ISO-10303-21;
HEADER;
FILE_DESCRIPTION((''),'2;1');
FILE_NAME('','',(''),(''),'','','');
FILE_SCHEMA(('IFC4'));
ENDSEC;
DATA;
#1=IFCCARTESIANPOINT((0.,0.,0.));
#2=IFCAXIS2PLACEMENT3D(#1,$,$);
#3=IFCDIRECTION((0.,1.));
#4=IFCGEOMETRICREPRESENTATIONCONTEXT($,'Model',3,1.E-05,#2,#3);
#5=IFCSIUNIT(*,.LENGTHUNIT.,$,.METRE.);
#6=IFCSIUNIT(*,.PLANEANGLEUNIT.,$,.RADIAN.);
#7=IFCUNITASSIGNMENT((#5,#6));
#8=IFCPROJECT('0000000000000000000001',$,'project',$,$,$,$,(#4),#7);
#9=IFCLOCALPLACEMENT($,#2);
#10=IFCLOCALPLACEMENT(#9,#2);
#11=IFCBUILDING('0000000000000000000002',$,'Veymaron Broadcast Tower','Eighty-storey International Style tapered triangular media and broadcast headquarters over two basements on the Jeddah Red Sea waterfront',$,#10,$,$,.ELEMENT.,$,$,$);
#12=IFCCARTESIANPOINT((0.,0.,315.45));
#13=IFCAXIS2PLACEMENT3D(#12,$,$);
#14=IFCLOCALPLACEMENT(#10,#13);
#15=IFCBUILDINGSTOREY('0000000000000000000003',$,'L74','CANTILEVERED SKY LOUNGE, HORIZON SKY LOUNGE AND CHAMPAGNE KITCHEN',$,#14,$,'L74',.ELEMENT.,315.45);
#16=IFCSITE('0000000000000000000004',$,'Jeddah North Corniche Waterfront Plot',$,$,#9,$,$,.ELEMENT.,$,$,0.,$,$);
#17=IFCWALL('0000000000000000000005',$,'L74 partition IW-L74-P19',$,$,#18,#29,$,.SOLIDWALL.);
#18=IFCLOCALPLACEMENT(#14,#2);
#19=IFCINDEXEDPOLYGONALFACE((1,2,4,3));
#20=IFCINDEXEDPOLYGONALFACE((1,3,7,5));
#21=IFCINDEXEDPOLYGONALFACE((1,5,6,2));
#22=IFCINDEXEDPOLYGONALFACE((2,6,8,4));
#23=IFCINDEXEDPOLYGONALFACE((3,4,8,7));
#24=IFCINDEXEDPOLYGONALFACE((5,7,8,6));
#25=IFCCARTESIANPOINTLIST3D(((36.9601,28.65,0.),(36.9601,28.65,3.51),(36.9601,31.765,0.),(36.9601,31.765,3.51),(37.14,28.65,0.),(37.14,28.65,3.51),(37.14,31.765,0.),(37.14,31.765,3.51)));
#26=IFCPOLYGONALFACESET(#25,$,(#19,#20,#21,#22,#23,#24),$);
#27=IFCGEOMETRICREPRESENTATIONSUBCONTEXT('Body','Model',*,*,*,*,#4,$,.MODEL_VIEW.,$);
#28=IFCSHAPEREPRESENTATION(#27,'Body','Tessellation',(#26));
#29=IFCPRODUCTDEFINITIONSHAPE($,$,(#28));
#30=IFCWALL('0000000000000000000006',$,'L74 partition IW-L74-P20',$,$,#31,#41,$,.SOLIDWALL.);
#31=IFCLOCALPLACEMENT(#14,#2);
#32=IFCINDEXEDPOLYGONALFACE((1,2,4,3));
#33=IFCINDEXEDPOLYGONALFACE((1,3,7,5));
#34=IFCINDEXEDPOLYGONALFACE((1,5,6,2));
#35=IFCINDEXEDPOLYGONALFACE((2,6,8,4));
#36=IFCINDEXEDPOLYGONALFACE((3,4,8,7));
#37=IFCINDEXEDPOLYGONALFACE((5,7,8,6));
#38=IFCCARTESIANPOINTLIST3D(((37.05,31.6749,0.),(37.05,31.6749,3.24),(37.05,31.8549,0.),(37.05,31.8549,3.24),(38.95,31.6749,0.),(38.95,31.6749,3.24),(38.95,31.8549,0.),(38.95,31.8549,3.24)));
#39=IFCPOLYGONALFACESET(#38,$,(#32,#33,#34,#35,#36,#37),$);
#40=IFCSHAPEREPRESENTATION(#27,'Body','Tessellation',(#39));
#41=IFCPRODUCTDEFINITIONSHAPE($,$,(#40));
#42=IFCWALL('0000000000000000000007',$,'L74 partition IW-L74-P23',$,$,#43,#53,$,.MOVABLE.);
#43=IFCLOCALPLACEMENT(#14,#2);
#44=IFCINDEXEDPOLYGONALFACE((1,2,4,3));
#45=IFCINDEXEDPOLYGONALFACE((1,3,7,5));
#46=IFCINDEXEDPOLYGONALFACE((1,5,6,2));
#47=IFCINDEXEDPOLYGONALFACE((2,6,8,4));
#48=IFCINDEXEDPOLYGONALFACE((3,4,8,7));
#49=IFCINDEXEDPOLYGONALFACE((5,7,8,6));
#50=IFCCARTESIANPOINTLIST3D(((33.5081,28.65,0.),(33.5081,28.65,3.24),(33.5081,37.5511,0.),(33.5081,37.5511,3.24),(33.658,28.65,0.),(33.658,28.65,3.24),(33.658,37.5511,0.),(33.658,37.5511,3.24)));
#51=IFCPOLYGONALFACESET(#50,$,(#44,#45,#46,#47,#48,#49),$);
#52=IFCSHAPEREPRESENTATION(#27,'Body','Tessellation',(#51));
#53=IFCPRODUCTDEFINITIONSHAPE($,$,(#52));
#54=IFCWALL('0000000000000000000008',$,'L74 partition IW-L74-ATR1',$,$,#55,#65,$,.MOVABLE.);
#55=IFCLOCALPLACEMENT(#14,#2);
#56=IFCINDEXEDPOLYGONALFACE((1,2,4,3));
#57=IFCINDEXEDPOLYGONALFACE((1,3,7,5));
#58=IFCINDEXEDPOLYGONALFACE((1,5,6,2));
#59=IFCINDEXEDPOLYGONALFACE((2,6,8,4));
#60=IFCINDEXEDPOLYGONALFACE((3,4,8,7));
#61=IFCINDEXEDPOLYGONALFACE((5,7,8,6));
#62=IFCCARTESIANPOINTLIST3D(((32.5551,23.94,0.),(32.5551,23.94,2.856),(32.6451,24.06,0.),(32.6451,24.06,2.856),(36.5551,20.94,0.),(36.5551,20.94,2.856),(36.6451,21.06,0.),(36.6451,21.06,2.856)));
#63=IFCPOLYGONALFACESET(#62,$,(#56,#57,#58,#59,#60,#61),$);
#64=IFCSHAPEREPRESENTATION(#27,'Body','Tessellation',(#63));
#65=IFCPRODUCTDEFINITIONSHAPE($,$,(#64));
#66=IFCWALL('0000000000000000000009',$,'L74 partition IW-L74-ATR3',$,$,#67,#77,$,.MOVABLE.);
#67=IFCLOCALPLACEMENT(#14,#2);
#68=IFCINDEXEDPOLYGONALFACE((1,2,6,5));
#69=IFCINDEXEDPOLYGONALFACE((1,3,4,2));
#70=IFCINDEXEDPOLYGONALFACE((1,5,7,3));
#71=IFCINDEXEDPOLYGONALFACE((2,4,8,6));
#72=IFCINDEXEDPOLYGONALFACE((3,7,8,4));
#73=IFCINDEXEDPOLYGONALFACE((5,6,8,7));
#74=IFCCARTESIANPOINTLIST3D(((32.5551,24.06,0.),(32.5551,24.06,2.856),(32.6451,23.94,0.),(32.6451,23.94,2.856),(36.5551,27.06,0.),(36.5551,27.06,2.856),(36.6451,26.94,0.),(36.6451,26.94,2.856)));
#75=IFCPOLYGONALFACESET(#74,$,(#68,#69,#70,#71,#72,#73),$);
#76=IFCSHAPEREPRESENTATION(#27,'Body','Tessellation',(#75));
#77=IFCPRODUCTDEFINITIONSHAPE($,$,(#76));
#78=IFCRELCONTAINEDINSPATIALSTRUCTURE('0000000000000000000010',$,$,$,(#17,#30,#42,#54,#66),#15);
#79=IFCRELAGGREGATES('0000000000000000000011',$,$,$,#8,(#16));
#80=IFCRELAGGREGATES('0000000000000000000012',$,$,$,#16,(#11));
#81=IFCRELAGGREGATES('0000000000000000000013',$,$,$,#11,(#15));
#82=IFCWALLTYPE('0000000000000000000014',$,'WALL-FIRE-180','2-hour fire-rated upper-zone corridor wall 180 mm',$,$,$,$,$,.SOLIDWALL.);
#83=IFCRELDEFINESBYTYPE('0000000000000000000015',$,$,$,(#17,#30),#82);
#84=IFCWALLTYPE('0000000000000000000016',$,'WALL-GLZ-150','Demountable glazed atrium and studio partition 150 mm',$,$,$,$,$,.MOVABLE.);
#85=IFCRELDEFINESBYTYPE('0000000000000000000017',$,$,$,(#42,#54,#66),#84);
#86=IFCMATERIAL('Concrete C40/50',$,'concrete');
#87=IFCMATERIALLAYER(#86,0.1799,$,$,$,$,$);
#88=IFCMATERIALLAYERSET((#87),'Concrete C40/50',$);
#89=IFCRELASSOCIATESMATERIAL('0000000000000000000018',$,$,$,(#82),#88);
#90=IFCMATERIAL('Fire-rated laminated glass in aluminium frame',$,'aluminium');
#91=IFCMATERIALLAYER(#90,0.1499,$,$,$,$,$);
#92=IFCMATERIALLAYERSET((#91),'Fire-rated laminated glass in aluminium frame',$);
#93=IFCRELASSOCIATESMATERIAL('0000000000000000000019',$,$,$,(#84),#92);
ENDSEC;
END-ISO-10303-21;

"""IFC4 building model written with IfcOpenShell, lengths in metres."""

from ifc_helpers import new_model, si_unit, direction, frame, frame_2d, origin, place, context, subcontext, project, spatial, rectangle, extrude, material, layer, layer_set, type_object, element, save


model = new_model("IFC4")

# Units and contexts
model_context = context("Model", 3, precision=1e-05, world=origin(), true_north=direction((0.0, 1.0)))
body_context = subcontext(model_context, "Body", "Model", "MODEL_VIEW")
ifc_project = project(units=[si_unit("LENGTHUNIT", "METRE"), si_unit("PLANEANGLEUNIT", "RADIAN")], contexts=[model_context])

# Site, building, storey
site_placement = place(None, origin())
site = spatial("IfcSite", under=ifc_project, at=site_placement, Name="Jeddah North Corniche Waterfront Plot", CompositionType="ELEMENT", RefElevation=0.0)
building_placement = place(site_placement, origin())
building = spatial("IfcBuilding", under=site, at=building_placement, Name="Veymaron Broadcast Tower", Description="Eighty-storey International Style tapered triangular media and broadcast headquarters over two basements on the Jeddah Red Sea waterfront", CompositionType="ELEMENT")
storey_placement = place(building_placement, frame((0.0, 0.0, 315.45)))
storey = spatial("IfcBuildingStorey", under=building, at=storey_placement, Name="L74", Description="CANTILEVERED SKY LOUNGE, HORIZON SKY LOUNGE AND CHAMPAGNE KITCHEN", LongName="L74", CompositionType="ELEMENT", Elevation=315.45)

# Shared definitions
ifc_material_1 = material(Name="Concrete C40/50", Category="concrete")
ifc_layer_1 = layer(ifc_material_1, 0.1799)
ifc_layer_set_1 = layer_set([ifc_layer_1], Name="Concrete C40/50")
wall_type_1 = type_object("IfcWallType", Name="WALL-FIRE-180", Description="2-hour fire-rated upper-zone corridor wall 180 mm", PredefinedType="SOLIDWALL", material=ifc_layer_set_1)

# Walls
wall_1_placement = place(storey_placement, frame((37.05, 28.6499, 0.0), z_axis=(0.0, 0.0, 1.0), x_axis=(0.0, 1.0, 0.0)))
element("IfcWall", 1, at=wall_1_placement, inside=storey, type_object=wall_type_1, Name="L74 partition IW-L74-P19", PredefinedType="SOLIDWALL", context=body_context, shape_type="SweptSolid", body=[
    extrude(rectangle(XDim=3.115, YDim=0.1799, at=frame_2d((1.5576, 0.0))), origin(), (0.0, 0.0, 1.0), 3.51),
])
wall_2_placement = place(storey_placement, frame((37.05, 31.7649, 0.0), z_axis=(0.0, 0.0, 1.0), x_axis=(1.0, 0.0, 0.0)))
element("IfcWall", 2, at=wall_2_placement, inside=storey, type_object=wall_type_1, Name="L74 partition IW-L74-P20", PredefinedType="SOLIDWALL", context=body_context, shape_type="SweptSolid", body=[
    extrude(rectangle(XDim=1.8999, YDim=0.1799, at=frame_2d((0.95, 0.0))), origin(), (0.0, 0.0, 1.0), 3.24),
])
ifc_material_2 = material(Name="Fire-rated laminated glass in aluminium frame", Category="aluminium")
ifc_layer_2 = layer(ifc_material_2, 0.1499)
ifc_layer_set_2 = layer_set([ifc_layer_2], Name="Fire-rated laminated glass in aluminium frame")
wall_type_2 = type_object("IfcWallType", Name="WALL-GLZ-150", Description="Demountable glazed atrium and studio partition 150 mm", PredefinedType="MOVABLE", material=ifc_layer_set_2)
wall_3_placement = place(storey_placement, frame((33.583, 28.6499, 0.0), z_axis=(0.0, 0.0, 1.0), x_axis=(0.0, 1.0, 0.0)))
element("IfcWall", 3, at=wall_3_placement, inside=storey, type_object=wall_type_2, Name="L74 partition IW-L74-P23", PredefinedType="MOVABLE", context=body_context, shape_type="SweptSolid", body=[
    extrude(rectangle(XDim=8.9011, YDim=0.1499, at=frame_2d((4.4507, 0.0))), origin(), (0.0, 0.0, 1.0), 3.24),
])
for number, where, z_axis, x_axis, name in (
    (4, (32.6001, 24.0, 0.0), (0.0, 0.0, 1.0), (0.8, -0.6, 0.0), "L74 partition IW-L74-ATR1"),
    (5, (36.6001, 27.0, 0.0), (0.0, 0.0, 1.0), (-0.8, -0.6, 0.0), "L74 partition IW-L74-ATR3"),
):
    element("IfcWall", number, at=place(storey_placement, frame(where, z_axis=z_axis, x_axis=x_axis)), inside=storey, type_object=wall_type_2, Name=name, PredefinedType="MOVABLE", context=body_context, shape_type="SweptSolid", body=[
        extrude(rectangle(XDim=5.0, YDim=0.1499, at=frame_2d((2.5, 0.0))), origin(), (0.0, 0.0, 1.0), 2.856),
    ])

save(model, "model.ifc")
